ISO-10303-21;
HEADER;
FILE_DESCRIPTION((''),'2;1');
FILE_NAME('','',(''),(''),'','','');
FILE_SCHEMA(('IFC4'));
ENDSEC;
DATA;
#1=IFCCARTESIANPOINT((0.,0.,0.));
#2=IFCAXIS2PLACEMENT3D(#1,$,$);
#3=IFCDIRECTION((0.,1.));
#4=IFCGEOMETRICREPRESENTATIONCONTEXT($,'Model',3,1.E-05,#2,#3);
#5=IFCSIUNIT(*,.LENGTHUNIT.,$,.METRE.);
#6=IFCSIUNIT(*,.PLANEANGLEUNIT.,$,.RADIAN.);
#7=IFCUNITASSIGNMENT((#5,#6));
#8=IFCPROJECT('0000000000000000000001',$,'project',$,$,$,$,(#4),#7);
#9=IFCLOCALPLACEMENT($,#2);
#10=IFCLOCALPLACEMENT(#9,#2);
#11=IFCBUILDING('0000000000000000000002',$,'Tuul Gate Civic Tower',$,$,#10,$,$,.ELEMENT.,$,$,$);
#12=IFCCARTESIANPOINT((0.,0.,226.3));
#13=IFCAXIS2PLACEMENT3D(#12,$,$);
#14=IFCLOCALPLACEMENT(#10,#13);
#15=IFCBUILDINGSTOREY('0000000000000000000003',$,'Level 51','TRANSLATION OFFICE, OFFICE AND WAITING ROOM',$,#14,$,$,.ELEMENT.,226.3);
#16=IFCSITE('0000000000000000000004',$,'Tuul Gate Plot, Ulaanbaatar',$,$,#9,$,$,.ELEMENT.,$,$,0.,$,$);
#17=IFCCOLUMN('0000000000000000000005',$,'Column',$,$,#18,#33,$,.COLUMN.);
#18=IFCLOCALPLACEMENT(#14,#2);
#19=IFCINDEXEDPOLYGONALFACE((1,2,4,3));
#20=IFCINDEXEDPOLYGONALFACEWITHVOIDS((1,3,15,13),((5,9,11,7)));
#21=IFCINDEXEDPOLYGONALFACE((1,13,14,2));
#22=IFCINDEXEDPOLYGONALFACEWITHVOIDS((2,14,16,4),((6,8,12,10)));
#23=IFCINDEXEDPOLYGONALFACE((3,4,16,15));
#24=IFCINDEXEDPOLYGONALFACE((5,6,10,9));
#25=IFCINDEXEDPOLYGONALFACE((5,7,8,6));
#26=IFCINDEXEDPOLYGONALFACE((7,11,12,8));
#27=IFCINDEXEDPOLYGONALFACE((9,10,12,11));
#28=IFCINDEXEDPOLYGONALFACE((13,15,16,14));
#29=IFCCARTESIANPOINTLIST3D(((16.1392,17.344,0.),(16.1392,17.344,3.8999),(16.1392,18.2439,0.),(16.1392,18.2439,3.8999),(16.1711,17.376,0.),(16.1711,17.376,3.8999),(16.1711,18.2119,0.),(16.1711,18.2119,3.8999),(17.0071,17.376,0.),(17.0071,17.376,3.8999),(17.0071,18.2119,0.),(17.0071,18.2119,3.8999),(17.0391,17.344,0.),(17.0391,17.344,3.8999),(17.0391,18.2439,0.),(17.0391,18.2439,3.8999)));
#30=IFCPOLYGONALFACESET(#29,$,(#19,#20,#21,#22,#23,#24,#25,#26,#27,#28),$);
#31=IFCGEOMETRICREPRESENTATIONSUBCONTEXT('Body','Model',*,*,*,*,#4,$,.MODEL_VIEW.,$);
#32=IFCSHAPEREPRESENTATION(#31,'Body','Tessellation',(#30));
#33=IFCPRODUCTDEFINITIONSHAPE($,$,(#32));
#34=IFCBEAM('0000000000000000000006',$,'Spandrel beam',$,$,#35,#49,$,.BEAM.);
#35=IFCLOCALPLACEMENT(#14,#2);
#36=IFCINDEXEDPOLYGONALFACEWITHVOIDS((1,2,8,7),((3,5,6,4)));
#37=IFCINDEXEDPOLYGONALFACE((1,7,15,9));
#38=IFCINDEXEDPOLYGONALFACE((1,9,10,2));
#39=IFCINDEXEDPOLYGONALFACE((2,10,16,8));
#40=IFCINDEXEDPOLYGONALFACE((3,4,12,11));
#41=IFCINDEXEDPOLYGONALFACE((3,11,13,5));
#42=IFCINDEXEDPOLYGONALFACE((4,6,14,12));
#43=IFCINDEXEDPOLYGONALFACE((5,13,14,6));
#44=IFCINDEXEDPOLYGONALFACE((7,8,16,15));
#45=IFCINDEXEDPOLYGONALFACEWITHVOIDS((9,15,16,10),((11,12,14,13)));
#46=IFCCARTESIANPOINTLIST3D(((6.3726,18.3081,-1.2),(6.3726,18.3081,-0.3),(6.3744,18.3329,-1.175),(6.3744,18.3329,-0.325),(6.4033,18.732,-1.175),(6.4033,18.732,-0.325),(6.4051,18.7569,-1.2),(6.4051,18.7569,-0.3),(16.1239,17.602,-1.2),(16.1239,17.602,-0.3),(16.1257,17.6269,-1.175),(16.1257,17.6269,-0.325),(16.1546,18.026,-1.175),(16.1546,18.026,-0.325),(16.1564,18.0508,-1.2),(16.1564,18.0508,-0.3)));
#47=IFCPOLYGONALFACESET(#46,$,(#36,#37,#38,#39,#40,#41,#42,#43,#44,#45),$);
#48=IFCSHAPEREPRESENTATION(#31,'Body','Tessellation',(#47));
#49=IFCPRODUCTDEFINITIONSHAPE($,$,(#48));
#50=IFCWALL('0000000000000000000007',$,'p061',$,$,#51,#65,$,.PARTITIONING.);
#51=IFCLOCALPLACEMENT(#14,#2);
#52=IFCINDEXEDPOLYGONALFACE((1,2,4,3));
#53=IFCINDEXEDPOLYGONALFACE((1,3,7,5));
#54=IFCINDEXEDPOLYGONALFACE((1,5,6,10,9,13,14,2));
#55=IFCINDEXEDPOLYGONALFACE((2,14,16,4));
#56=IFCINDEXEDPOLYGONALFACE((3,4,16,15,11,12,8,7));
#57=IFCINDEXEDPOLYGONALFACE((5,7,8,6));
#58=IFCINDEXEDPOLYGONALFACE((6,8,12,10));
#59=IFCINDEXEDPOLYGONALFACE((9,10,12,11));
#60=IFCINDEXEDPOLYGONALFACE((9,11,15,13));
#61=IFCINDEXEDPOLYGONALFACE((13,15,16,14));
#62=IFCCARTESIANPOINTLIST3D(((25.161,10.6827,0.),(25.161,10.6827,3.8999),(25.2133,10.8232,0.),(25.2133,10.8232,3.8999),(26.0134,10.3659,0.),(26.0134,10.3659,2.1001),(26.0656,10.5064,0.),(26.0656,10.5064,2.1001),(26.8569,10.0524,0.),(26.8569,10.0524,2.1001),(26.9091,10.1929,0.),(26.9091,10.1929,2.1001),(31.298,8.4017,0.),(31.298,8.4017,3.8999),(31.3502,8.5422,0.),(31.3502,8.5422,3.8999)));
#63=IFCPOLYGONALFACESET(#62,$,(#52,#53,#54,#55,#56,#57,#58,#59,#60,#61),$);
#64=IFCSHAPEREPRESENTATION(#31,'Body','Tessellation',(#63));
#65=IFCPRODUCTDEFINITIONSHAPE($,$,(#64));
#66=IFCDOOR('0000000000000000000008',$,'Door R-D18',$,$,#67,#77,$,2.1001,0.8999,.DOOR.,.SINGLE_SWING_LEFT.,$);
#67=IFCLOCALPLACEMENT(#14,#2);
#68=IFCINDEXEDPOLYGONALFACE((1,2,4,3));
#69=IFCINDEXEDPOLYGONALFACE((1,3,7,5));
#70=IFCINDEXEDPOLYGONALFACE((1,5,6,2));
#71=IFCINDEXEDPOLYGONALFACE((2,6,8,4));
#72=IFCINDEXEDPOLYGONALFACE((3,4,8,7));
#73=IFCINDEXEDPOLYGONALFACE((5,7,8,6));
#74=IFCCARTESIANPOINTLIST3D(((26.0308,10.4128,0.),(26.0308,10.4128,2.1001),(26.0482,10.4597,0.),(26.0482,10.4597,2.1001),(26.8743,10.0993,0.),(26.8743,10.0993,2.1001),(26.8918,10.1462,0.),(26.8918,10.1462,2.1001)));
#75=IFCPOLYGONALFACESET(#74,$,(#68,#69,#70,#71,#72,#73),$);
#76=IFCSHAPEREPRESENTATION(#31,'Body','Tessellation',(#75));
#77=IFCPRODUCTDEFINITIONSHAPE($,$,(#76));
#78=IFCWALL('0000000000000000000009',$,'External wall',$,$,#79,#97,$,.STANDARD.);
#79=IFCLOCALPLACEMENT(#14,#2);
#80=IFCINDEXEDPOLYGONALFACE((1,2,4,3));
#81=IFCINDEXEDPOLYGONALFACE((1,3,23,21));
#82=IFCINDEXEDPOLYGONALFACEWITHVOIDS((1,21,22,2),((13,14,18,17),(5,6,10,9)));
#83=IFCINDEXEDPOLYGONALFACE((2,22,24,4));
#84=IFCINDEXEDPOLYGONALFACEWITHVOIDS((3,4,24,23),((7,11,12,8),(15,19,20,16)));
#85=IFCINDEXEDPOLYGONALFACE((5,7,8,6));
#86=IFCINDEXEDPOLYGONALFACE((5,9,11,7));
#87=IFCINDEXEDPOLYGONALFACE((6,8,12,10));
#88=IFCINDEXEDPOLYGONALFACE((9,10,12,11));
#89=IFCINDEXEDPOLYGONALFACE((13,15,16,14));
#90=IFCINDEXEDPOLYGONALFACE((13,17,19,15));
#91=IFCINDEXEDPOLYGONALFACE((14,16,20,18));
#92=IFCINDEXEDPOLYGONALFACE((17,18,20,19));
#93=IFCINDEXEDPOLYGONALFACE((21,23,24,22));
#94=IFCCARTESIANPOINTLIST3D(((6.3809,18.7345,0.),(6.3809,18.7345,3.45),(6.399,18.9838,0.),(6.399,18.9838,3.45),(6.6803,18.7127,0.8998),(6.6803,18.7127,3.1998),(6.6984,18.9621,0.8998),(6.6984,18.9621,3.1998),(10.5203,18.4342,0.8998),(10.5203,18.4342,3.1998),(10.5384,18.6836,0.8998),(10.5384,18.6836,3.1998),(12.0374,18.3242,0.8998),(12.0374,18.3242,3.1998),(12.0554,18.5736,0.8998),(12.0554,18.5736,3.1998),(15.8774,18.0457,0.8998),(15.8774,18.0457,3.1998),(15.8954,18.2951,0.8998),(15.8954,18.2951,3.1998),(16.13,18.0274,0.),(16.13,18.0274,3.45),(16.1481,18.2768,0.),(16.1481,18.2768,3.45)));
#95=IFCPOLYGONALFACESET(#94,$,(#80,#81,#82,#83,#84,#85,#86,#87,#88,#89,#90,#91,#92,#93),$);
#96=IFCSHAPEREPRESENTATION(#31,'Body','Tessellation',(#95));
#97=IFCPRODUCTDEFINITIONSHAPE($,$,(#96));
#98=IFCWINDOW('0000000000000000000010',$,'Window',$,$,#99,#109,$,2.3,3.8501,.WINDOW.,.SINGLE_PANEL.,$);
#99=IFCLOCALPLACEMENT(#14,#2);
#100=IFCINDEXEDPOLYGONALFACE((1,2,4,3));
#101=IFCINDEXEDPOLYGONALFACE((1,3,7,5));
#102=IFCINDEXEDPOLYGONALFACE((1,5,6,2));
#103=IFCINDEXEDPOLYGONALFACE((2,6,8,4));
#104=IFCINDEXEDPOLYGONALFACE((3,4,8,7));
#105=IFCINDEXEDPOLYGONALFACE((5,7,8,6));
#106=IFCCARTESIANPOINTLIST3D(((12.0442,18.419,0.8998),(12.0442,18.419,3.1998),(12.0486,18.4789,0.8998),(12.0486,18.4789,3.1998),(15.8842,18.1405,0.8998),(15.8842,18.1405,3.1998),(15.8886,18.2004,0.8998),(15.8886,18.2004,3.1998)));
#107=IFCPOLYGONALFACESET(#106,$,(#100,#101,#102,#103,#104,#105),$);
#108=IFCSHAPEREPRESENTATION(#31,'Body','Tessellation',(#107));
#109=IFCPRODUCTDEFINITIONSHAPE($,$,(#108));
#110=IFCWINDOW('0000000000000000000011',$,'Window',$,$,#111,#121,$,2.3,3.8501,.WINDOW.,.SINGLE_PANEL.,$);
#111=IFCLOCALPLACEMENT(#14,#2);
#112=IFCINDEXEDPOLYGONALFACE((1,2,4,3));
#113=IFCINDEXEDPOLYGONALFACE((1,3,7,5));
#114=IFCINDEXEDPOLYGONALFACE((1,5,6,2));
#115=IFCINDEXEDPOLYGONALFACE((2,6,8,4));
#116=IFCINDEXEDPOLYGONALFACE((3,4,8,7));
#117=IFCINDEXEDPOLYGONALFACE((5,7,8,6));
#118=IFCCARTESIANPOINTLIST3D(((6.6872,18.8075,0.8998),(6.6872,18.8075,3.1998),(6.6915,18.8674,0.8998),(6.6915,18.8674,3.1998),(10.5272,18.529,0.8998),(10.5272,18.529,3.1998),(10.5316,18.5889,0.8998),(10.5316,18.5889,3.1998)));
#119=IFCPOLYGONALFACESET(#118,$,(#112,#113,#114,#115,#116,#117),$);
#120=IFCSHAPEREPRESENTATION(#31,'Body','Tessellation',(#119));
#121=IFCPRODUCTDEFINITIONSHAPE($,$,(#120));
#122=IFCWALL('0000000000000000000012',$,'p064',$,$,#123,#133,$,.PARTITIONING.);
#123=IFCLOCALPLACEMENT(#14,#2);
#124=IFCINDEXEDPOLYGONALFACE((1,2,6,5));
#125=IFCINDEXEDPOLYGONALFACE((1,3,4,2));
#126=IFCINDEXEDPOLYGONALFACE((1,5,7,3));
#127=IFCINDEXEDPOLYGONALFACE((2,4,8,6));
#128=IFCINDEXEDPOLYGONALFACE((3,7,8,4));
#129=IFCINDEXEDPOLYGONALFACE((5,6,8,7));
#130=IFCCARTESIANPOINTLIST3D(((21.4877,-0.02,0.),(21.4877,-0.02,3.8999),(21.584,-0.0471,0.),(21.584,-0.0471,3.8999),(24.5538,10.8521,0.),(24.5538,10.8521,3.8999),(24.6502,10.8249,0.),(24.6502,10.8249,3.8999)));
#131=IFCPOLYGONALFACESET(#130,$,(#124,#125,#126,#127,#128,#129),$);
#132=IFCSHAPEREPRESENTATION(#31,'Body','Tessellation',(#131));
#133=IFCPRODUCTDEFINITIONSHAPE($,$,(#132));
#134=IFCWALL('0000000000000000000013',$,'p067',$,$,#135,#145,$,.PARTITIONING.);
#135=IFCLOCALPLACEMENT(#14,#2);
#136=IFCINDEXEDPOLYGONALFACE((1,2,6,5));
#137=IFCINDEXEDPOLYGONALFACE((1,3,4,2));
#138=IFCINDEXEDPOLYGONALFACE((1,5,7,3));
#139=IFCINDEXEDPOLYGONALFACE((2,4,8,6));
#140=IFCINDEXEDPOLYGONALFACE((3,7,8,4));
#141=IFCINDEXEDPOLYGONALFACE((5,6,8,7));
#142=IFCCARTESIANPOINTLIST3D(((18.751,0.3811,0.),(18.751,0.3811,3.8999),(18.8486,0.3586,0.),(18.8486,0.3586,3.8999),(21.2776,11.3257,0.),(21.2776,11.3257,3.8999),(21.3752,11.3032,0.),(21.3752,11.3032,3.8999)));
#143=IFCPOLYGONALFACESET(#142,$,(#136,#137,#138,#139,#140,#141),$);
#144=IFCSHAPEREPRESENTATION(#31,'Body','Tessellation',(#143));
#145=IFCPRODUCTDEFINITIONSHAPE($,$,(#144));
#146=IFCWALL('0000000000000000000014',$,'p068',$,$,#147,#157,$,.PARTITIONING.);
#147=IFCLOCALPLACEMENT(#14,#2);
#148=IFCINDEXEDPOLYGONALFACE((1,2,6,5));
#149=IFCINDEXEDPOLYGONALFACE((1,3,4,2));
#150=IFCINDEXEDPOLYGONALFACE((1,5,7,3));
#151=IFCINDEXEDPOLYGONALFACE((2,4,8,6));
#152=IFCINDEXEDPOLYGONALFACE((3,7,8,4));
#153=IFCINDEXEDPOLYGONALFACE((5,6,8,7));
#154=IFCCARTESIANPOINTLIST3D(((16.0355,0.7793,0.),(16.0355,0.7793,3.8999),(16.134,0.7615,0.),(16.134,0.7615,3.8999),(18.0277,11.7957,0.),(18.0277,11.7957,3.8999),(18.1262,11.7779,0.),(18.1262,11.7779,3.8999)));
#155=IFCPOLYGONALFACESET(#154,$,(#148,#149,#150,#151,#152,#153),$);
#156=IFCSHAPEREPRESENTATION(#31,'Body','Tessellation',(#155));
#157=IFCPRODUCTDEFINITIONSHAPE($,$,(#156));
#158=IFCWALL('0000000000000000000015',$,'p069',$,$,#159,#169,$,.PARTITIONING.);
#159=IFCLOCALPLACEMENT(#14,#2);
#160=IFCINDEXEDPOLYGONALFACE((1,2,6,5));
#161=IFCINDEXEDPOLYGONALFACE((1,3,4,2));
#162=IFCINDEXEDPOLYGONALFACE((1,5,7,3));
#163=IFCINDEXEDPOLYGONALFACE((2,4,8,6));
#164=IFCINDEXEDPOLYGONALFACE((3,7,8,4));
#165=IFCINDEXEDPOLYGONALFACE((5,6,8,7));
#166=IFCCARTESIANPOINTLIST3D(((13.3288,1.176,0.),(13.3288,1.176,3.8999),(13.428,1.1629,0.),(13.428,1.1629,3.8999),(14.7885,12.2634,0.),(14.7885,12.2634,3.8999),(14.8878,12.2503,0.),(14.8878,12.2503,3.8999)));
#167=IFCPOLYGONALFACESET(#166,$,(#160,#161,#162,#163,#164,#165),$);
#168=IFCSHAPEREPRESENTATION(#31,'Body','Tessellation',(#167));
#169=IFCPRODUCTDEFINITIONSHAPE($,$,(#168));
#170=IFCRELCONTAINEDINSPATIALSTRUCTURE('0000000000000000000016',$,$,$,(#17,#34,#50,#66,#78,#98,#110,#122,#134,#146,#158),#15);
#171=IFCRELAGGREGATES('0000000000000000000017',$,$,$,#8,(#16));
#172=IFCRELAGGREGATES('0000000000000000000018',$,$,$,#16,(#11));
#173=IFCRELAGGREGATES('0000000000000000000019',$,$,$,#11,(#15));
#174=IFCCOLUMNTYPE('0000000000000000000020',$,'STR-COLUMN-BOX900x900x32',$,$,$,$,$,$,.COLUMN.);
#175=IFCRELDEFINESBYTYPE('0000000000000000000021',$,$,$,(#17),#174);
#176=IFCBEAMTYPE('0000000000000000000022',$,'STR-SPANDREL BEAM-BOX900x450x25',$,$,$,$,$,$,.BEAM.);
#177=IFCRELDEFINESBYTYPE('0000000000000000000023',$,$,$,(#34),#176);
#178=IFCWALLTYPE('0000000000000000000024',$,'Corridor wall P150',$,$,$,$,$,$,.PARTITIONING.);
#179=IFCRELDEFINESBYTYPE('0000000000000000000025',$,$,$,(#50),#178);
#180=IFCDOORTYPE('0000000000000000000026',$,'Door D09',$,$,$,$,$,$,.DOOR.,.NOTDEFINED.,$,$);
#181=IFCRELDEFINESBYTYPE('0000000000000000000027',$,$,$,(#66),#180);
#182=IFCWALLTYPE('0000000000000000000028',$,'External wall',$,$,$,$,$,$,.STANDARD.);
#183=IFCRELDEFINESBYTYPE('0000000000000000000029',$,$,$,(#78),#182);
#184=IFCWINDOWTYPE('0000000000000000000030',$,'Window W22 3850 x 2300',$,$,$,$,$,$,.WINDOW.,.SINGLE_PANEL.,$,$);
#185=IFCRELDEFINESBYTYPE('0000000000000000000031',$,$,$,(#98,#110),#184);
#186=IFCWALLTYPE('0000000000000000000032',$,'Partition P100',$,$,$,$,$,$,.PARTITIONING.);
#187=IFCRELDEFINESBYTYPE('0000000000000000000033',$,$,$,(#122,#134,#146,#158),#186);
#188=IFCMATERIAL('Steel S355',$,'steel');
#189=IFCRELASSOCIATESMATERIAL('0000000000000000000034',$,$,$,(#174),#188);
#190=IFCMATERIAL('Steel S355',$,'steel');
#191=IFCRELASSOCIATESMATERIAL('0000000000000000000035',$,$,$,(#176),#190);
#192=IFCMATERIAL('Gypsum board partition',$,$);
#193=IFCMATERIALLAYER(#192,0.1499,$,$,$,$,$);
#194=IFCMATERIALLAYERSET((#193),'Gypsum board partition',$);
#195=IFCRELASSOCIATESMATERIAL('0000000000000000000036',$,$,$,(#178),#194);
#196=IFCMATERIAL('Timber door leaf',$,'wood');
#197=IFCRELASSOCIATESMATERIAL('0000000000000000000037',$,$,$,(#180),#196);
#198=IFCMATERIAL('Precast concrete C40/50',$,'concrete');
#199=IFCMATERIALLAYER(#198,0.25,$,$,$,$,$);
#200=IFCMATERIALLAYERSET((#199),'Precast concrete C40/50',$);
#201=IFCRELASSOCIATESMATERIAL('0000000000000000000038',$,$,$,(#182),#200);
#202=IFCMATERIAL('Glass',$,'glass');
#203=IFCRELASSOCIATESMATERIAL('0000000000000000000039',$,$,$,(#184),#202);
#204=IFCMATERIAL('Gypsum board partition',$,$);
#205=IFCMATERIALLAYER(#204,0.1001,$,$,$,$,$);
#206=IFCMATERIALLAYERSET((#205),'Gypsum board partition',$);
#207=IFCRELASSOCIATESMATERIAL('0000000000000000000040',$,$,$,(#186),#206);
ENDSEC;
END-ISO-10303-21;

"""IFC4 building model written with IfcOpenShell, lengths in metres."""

from ifc_helpers import new_model, si_unit, direction, frame, frame_2d, origin, origin_2d, place, context, subcontext, project, spatial, rectangle, hollow_rectangle, extrude, material, layer, layer_set, material_profile, profile_set, type_object, element, fill, save


model = new_model("IFC4")

# Units and contexts
model_context = context("Model", 3, precision=1e-05, world=origin(), true_north=direction((0.0, 1.0)))
body_context = subcontext(model_context, "Body", "Model", "MODEL_VIEW")
ifc_project = project(units=[si_unit("LENGTHUNIT", "METRE"), si_unit("PLANEANGLEUNIT", "RADIAN")], contexts=[model_context])

# Site, building, storey
site_placement = place(None, origin())
site = spatial("IfcSite", under=ifc_project, at=site_placement, Name="Tuul Gate Plot, Ulaanbaatar", CompositionType="ELEMENT", RefElevation=0.0)
building_placement = place(site_placement, origin())
building = spatial("IfcBuilding", under=site, at=building_placement, Name="Tuul Gate Civic Tower", CompositionType="ELEMENT")
storey_placement = place(building_placement, frame((0.0, 0.0, 226.3)))
storey = spatial("IfcBuildingStorey", under=building, at=storey_placement, Name="Level 51", Description="TRANSLATION OFFICE, OFFICE AND WAITING ROOM", CompositionType="ELEMENT", Elevation=226.3)

# Column
ifc_material_1 = material(Name="Steel S355", Category="steel")
ifc_material_profile_1 = material_profile(ifc_material_1, hollow_rectangle(XDim=0.8999, YDim=0.8999, WallThickness=0.032, at=origin_2d()), Name="BOX900x900x32")
ifc_profile_set_1 = profile_set([ifc_material_profile_1], Name="Steel S355")
column_type = type_object("IfcColumnType", Name="STR-COLUMN-BOX900x900x32", PredefinedType="COLUMN", material=ifc_profile_set_1)
column_placement = place(storey_placement, frame((16.5891, 17.7939, 0.0), z_axis=(0.0, 0.0, 1.0), x_axis=(1.0, 0.0, 0.0)))
element("IfcColumn", 1, at=column_placement, inside=storey, type_object=column_type, Name="Column", PredefinedType="COLUMN", context=body_context, shape_type="SweptSolid", body=[
    extrude(hollow_rectangle(XDim=0.8999, YDim=0.8999, WallThickness=0.032, at=origin_2d()), origin(), (0.0, 0.0, 1.0), 3.8999),
])

# Beam
ifc_material_2 = material(Name="Steel S355", Category="steel")
ifc_material_profile_2 = material_profile(ifc_material_2, hollow_rectangle(XDim=0.45, YDim=0.8999, WallThickness=0.0249, at=origin_2d()), Name="BOX900x450x25")
ifc_profile_set_2 = profile_set([ifc_material_profile_2], Name="Steel S355")
beam_type = type_object("IfcBeamType", Name="STR-SPANDREL BEAM-BOX900x450x25", PredefinedType="BEAM", material=ifc_profile_set_2)
beam_placement = place(storey_placement, frame((16.1401, 17.8264, -0.75), z_axis=(-0.997389, 0.072218, 0.0), x_axis=(-0.072218, -0.997389, 0.0)))
element("IfcBeam", 2, at=beam_placement, inside=storey, type_object=beam_type, Name="Spandrel beam", PredefinedType="BEAM", context=body_context, shape_type="SweptSolid", body=[
    extrude(hollow_rectangle(XDim=0.45, YDim=0.8999, WallThickness=0.0249, at=origin_2d()), origin(), (0.0, 0.0, 1.0), 9.7769),
])

# Wall, opening, door
ifc_material_3 = material(Name="Gypsum board partition")
ifc_layer_1 = layer(ifc_material_3, 0.1499)
ifc_layer_set_1 = layer_set([ifc_layer_1], Name="Gypsum board partition")
wall_type_1 = type_object("IfcWallType", Name="Corridor wall P150", PredefinedType="PARTITIONING", material=ifc_layer_set_1)
wall_1_placement = place(storey_placement, frame((25.1873, 10.7529, 0.0), z_axis=(0.0, 0.0, 1.0), x_axis=(0.937347, -0.348396, 0.0)))
wall_1 = element("IfcWall", 3, at=wall_1_placement, inside=storey, type_object=wall_type_1, Name="p061", PredefinedType="PARTITIONING", context=body_context, shape_type="SweptSolid", body=[
    extrude(rectangle(XDim=6.5471, YDim=0.1499, at=frame_2d((3.2734, 0.0))), origin(), (0.0, 0.0, 1.0), 3.8999),
])
opening_1_placement = place(wall_1_placement, frame((0.9092, 0.0, 0.0)))
opening_1 = element("IfcOpeningElement", 4, at=opening_1_placement, cuts=wall_1, PredefinedType="OPENING", context=body_context, shape_type="SweptSolid", body=[
    extrude(rectangle(XDim=0.8999, YDim=2.1001, at=frame_2d((0.45, 1.05))), frame((0.0, 0.085, 0.0), z_axis=(0.0, -1.0, 0.0), x_axis=(1.0, 0.0, 0.0)), (0.0, 0.0, 1.0), 0.1699),
])
ifc_material_4 = material(Name="Timber door leaf", Category="wood")
door_type = type_object("IfcDoorType", Name="Door D09", OperationType="NOTDEFINED", PredefinedType="DOOR", material=ifc_material_4)
door_placement = place(opening_1_placement, frame((0.8999, 0.0, 0.0), z_axis=(0.0, 0.0, 1.0), x_axis=(-1.0, 0.0, 0.0)))
door = element("IfcDoor", 5, at=door_placement, inside=storey, type_object=door_type, Name="Door R-D18", OperationType="SINGLE_SWING_LEFT", OverallHeight=2.1001, OverallWidth=0.8999, PredefinedType="DOOR", context=body_context, shape_type="SweptSolid", body=[
    extrude(rectangle(XDim=0.8999, YDim=2.1001, at=frame_2d((0.45, 1.05))), frame((0.0, 0.0249, 0.0), z_axis=(0.0, -1.0, 0.0), x_axis=(1.0, 0.0, 0.0)), (0.0, 0.0, 1.0), 0.05),
])
fill(opening_1, door)

# Wall, openings, windows
ifc_material_5 = material(Name="Precast concrete C40/50", Category="concrete")
ifc_layer_2 = layer(ifc_material_5, 0.25)
ifc_layer_set_2 = layer_set([ifc_layer_2], Name="Precast concrete C40/50")
wall_type_2 = type_object("IfcWallType", Name="External wall", PredefinedType="STANDARD", material=ifc_layer_set_2)
wall_2_placement = place(storey_placement, frame((16.1389, 18.1521, 0.0), z_axis=(0.0, 0.0, 1.0), x_axis=(-0.997381, 0.072333, 0.0)))
wall_2 = element("IfcWall", 6, at=wall_2_placement, inside=storey, type_object=wall_type_2, Name="External wall", PredefinedType="STANDARD", context=body_context, shape_type="SweptSolid", body=[
    extrude(rectangle(XDim=9.7747, YDim=0.25, at=frame_2d((4.8872, 0.0))), origin(), (0.0, 0.0, 1.0), 3.45),
])
opening_2_placement = place(wall_2_placement, frame((0.2532, 0.0, 0.8999)))
opening_2 = element("IfcOpeningElement", 7, at=opening_2_placement, cuts=wall_2, PredefinedType="OPENING", context=body_context, shape_type="SweptSolid", body=[
    extrude(rectangle(XDim=3.8501, YDim=2.3, at=frame_2d((1.925, 1.1499))), frame((0.0, 0.135, 0.0), z_axis=(0.0, -1.0, 0.0), x_axis=(1.0, 0.0, 0.0)), (0.0, 0.0, 1.0), 0.27),
])
opening_3_placement = place(wall_2_placement, frame((5.6243, 0.0, 0.8999)))
opening_3 = element("IfcOpeningElement", 8, at=opening_3_placement, cuts=wall_2, PredefinedType="OPENING", context=body_context, shape_type="SweptSolid", body=[
    extrude(rectangle(XDim=3.8501, YDim=2.3, at=frame_2d((1.925, 1.1499))), frame((0.0, 0.135, 0.0), z_axis=(0.0, -1.0, 0.0), x_axis=(1.0, 0.0, 0.0)), (0.0, 0.0, 1.0), 0.27),
])
ifc_material_6 = material(Name="Glass", Category="glass")
window_type = type_object("IfcWindowType", Name="Window W22 3850 x 2300", PartitioningType="SINGLE_PANEL", PredefinedType="WINDOW", material=ifc_material_6)
window_1_placement = place(opening_2_placement, origin())
window_1 = element("IfcWindow", 9, at=window_1_placement, inside=storey, type_object=window_type, Name="Window", OverallHeight=2.3, OverallWidth=3.8501, PartitioningType="SINGLE_PANEL", PredefinedType="WINDOW", context=body_context, shape_type="SweptSolid", body=[
    extrude(rectangle(XDim=3.8501, YDim=2.3, at=frame_2d((1.925, 1.1499))), frame((0.0, 0.03, 0.0), z_axis=(0.0, -1.0, 0.0), x_axis=(1.0, 0.0, 0.0)), (0.0, 0.0, 1.0), 0.0601),
])
fill(opening_2, window_1)
window_2_placement = place(opening_3_placement, origin())
window_2 = element("IfcWindow", 10, at=window_2_placement, inside=storey, type_object=window_type, Name="Window", OverallHeight=2.3, OverallWidth=3.8501, PartitioningType="SINGLE_PANEL", PredefinedType="WINDOW", context=body_context, shape_type="SweptSolid", body=[
    extrude(rectangle(XDim=3.8501, YDim=2.3, at=frame_2d((1.925, 1.1499))), frame((0.0, 0.03, 0.0), z_axis=(0.0, -1.0, 0.0), x_axis=(1.0, 0.0, 0.0)), (0.0, 0.0, 1.0), 0.0601),
])
fill(opening_3, window_2)

# Walls
ifc_material_7 = material(Name="Gypsum board partition")
ifc_layer_3 = layer(ifc_material_7, 0.1001)
ifc_layer_set_3 = layer_set([ifc_layer_3], Name="Gypsum board partition")
wall_type_3 = type_object("IfcWallType", Name="Partition P100", PredefinedType="PARTITIONING", material=ifc_layer_set_3)
wall_3_placement = place(storey_placement, frame((21.5359, -0.0334, 0.0), z_axis=(0.0, 0.0, 1.0), x_axis=(0.271434, 0.962457, 0.0)))
element("IfcWall", 11, at=wall_3_placement, inside=storey, type_object=wall_type_3, Name="p064", PredefinedType="PARTITIONING", context=body_context, shape_type="SweptSolid", body=[
    extrude(rectangle(XDim=11.2961, YDim=0.1001, at=frame_2d((5.6479, 0.0))), origin(), (0.0, 0.0, 1.0), 3.8999),
])
wall_4_placement = place(storey_placement, frame((18.7998, 0.3699, 0.0), z_axis=(0.0, 0.0, 1.0), x_axis=(0.224939, 0.974373, 0.0)))
element("IfcWall", 12, at=wall_4_placement, inside=storey, type_object=wall_type_3, Name="p067", PredefinedType="PARTITIONING", context=body_context, shape_type="SweptSolid", body=[
    extrude(rectangle(XDim=11.2324, YDim=0.1001, at=frame_2d((5.6162, 0.0))), origin(), (0.0, 0.0, 1.0), 3.8999),
])
wall_5_placement = place(storey_placement, frame((16.0847, 0.7703, 0.0), z_axis=(0.0, 0.0, 1.0), x_axis=(0.177953, 0.984039, 0.0)))
element("IfcWall", 13, at=wall_5_placement, inside=storey, type_object=wall_type_3, Name="p068", PredefinedType="PARTITIONING", context=body_context, shape_type="SweptSolid", body=[
    extrude(rectangle(XDim=11.1951, YDim=0.1001, at=frame_2d((5.5977, 0.0))), origin(), (0.0, 0.0, 1.0), 3.8999),
])
wall_6_placement = place(storey_placement, frame((13.3784, 1.1694, 0.0), z_axis=(0.0, 0.0, 1.0), x_axis=(0.130529, 0.991444, 0.0)))
element("IfcWall", 14, at=wall_6_placement, inside=storey, type_object=wall_type_3, Name="p069", PredefinedType="PARTITIONING", context=body_context, shape_type="SweptSolid", body=[
    extrude(rectangle(XDim=11.1831, YDim=0.1001, at=frame_2d((5.5916, 0.0))), origin(), (0.0, 0.0, 1.0), 3.8999),
])

save(model, "model.ifc")
